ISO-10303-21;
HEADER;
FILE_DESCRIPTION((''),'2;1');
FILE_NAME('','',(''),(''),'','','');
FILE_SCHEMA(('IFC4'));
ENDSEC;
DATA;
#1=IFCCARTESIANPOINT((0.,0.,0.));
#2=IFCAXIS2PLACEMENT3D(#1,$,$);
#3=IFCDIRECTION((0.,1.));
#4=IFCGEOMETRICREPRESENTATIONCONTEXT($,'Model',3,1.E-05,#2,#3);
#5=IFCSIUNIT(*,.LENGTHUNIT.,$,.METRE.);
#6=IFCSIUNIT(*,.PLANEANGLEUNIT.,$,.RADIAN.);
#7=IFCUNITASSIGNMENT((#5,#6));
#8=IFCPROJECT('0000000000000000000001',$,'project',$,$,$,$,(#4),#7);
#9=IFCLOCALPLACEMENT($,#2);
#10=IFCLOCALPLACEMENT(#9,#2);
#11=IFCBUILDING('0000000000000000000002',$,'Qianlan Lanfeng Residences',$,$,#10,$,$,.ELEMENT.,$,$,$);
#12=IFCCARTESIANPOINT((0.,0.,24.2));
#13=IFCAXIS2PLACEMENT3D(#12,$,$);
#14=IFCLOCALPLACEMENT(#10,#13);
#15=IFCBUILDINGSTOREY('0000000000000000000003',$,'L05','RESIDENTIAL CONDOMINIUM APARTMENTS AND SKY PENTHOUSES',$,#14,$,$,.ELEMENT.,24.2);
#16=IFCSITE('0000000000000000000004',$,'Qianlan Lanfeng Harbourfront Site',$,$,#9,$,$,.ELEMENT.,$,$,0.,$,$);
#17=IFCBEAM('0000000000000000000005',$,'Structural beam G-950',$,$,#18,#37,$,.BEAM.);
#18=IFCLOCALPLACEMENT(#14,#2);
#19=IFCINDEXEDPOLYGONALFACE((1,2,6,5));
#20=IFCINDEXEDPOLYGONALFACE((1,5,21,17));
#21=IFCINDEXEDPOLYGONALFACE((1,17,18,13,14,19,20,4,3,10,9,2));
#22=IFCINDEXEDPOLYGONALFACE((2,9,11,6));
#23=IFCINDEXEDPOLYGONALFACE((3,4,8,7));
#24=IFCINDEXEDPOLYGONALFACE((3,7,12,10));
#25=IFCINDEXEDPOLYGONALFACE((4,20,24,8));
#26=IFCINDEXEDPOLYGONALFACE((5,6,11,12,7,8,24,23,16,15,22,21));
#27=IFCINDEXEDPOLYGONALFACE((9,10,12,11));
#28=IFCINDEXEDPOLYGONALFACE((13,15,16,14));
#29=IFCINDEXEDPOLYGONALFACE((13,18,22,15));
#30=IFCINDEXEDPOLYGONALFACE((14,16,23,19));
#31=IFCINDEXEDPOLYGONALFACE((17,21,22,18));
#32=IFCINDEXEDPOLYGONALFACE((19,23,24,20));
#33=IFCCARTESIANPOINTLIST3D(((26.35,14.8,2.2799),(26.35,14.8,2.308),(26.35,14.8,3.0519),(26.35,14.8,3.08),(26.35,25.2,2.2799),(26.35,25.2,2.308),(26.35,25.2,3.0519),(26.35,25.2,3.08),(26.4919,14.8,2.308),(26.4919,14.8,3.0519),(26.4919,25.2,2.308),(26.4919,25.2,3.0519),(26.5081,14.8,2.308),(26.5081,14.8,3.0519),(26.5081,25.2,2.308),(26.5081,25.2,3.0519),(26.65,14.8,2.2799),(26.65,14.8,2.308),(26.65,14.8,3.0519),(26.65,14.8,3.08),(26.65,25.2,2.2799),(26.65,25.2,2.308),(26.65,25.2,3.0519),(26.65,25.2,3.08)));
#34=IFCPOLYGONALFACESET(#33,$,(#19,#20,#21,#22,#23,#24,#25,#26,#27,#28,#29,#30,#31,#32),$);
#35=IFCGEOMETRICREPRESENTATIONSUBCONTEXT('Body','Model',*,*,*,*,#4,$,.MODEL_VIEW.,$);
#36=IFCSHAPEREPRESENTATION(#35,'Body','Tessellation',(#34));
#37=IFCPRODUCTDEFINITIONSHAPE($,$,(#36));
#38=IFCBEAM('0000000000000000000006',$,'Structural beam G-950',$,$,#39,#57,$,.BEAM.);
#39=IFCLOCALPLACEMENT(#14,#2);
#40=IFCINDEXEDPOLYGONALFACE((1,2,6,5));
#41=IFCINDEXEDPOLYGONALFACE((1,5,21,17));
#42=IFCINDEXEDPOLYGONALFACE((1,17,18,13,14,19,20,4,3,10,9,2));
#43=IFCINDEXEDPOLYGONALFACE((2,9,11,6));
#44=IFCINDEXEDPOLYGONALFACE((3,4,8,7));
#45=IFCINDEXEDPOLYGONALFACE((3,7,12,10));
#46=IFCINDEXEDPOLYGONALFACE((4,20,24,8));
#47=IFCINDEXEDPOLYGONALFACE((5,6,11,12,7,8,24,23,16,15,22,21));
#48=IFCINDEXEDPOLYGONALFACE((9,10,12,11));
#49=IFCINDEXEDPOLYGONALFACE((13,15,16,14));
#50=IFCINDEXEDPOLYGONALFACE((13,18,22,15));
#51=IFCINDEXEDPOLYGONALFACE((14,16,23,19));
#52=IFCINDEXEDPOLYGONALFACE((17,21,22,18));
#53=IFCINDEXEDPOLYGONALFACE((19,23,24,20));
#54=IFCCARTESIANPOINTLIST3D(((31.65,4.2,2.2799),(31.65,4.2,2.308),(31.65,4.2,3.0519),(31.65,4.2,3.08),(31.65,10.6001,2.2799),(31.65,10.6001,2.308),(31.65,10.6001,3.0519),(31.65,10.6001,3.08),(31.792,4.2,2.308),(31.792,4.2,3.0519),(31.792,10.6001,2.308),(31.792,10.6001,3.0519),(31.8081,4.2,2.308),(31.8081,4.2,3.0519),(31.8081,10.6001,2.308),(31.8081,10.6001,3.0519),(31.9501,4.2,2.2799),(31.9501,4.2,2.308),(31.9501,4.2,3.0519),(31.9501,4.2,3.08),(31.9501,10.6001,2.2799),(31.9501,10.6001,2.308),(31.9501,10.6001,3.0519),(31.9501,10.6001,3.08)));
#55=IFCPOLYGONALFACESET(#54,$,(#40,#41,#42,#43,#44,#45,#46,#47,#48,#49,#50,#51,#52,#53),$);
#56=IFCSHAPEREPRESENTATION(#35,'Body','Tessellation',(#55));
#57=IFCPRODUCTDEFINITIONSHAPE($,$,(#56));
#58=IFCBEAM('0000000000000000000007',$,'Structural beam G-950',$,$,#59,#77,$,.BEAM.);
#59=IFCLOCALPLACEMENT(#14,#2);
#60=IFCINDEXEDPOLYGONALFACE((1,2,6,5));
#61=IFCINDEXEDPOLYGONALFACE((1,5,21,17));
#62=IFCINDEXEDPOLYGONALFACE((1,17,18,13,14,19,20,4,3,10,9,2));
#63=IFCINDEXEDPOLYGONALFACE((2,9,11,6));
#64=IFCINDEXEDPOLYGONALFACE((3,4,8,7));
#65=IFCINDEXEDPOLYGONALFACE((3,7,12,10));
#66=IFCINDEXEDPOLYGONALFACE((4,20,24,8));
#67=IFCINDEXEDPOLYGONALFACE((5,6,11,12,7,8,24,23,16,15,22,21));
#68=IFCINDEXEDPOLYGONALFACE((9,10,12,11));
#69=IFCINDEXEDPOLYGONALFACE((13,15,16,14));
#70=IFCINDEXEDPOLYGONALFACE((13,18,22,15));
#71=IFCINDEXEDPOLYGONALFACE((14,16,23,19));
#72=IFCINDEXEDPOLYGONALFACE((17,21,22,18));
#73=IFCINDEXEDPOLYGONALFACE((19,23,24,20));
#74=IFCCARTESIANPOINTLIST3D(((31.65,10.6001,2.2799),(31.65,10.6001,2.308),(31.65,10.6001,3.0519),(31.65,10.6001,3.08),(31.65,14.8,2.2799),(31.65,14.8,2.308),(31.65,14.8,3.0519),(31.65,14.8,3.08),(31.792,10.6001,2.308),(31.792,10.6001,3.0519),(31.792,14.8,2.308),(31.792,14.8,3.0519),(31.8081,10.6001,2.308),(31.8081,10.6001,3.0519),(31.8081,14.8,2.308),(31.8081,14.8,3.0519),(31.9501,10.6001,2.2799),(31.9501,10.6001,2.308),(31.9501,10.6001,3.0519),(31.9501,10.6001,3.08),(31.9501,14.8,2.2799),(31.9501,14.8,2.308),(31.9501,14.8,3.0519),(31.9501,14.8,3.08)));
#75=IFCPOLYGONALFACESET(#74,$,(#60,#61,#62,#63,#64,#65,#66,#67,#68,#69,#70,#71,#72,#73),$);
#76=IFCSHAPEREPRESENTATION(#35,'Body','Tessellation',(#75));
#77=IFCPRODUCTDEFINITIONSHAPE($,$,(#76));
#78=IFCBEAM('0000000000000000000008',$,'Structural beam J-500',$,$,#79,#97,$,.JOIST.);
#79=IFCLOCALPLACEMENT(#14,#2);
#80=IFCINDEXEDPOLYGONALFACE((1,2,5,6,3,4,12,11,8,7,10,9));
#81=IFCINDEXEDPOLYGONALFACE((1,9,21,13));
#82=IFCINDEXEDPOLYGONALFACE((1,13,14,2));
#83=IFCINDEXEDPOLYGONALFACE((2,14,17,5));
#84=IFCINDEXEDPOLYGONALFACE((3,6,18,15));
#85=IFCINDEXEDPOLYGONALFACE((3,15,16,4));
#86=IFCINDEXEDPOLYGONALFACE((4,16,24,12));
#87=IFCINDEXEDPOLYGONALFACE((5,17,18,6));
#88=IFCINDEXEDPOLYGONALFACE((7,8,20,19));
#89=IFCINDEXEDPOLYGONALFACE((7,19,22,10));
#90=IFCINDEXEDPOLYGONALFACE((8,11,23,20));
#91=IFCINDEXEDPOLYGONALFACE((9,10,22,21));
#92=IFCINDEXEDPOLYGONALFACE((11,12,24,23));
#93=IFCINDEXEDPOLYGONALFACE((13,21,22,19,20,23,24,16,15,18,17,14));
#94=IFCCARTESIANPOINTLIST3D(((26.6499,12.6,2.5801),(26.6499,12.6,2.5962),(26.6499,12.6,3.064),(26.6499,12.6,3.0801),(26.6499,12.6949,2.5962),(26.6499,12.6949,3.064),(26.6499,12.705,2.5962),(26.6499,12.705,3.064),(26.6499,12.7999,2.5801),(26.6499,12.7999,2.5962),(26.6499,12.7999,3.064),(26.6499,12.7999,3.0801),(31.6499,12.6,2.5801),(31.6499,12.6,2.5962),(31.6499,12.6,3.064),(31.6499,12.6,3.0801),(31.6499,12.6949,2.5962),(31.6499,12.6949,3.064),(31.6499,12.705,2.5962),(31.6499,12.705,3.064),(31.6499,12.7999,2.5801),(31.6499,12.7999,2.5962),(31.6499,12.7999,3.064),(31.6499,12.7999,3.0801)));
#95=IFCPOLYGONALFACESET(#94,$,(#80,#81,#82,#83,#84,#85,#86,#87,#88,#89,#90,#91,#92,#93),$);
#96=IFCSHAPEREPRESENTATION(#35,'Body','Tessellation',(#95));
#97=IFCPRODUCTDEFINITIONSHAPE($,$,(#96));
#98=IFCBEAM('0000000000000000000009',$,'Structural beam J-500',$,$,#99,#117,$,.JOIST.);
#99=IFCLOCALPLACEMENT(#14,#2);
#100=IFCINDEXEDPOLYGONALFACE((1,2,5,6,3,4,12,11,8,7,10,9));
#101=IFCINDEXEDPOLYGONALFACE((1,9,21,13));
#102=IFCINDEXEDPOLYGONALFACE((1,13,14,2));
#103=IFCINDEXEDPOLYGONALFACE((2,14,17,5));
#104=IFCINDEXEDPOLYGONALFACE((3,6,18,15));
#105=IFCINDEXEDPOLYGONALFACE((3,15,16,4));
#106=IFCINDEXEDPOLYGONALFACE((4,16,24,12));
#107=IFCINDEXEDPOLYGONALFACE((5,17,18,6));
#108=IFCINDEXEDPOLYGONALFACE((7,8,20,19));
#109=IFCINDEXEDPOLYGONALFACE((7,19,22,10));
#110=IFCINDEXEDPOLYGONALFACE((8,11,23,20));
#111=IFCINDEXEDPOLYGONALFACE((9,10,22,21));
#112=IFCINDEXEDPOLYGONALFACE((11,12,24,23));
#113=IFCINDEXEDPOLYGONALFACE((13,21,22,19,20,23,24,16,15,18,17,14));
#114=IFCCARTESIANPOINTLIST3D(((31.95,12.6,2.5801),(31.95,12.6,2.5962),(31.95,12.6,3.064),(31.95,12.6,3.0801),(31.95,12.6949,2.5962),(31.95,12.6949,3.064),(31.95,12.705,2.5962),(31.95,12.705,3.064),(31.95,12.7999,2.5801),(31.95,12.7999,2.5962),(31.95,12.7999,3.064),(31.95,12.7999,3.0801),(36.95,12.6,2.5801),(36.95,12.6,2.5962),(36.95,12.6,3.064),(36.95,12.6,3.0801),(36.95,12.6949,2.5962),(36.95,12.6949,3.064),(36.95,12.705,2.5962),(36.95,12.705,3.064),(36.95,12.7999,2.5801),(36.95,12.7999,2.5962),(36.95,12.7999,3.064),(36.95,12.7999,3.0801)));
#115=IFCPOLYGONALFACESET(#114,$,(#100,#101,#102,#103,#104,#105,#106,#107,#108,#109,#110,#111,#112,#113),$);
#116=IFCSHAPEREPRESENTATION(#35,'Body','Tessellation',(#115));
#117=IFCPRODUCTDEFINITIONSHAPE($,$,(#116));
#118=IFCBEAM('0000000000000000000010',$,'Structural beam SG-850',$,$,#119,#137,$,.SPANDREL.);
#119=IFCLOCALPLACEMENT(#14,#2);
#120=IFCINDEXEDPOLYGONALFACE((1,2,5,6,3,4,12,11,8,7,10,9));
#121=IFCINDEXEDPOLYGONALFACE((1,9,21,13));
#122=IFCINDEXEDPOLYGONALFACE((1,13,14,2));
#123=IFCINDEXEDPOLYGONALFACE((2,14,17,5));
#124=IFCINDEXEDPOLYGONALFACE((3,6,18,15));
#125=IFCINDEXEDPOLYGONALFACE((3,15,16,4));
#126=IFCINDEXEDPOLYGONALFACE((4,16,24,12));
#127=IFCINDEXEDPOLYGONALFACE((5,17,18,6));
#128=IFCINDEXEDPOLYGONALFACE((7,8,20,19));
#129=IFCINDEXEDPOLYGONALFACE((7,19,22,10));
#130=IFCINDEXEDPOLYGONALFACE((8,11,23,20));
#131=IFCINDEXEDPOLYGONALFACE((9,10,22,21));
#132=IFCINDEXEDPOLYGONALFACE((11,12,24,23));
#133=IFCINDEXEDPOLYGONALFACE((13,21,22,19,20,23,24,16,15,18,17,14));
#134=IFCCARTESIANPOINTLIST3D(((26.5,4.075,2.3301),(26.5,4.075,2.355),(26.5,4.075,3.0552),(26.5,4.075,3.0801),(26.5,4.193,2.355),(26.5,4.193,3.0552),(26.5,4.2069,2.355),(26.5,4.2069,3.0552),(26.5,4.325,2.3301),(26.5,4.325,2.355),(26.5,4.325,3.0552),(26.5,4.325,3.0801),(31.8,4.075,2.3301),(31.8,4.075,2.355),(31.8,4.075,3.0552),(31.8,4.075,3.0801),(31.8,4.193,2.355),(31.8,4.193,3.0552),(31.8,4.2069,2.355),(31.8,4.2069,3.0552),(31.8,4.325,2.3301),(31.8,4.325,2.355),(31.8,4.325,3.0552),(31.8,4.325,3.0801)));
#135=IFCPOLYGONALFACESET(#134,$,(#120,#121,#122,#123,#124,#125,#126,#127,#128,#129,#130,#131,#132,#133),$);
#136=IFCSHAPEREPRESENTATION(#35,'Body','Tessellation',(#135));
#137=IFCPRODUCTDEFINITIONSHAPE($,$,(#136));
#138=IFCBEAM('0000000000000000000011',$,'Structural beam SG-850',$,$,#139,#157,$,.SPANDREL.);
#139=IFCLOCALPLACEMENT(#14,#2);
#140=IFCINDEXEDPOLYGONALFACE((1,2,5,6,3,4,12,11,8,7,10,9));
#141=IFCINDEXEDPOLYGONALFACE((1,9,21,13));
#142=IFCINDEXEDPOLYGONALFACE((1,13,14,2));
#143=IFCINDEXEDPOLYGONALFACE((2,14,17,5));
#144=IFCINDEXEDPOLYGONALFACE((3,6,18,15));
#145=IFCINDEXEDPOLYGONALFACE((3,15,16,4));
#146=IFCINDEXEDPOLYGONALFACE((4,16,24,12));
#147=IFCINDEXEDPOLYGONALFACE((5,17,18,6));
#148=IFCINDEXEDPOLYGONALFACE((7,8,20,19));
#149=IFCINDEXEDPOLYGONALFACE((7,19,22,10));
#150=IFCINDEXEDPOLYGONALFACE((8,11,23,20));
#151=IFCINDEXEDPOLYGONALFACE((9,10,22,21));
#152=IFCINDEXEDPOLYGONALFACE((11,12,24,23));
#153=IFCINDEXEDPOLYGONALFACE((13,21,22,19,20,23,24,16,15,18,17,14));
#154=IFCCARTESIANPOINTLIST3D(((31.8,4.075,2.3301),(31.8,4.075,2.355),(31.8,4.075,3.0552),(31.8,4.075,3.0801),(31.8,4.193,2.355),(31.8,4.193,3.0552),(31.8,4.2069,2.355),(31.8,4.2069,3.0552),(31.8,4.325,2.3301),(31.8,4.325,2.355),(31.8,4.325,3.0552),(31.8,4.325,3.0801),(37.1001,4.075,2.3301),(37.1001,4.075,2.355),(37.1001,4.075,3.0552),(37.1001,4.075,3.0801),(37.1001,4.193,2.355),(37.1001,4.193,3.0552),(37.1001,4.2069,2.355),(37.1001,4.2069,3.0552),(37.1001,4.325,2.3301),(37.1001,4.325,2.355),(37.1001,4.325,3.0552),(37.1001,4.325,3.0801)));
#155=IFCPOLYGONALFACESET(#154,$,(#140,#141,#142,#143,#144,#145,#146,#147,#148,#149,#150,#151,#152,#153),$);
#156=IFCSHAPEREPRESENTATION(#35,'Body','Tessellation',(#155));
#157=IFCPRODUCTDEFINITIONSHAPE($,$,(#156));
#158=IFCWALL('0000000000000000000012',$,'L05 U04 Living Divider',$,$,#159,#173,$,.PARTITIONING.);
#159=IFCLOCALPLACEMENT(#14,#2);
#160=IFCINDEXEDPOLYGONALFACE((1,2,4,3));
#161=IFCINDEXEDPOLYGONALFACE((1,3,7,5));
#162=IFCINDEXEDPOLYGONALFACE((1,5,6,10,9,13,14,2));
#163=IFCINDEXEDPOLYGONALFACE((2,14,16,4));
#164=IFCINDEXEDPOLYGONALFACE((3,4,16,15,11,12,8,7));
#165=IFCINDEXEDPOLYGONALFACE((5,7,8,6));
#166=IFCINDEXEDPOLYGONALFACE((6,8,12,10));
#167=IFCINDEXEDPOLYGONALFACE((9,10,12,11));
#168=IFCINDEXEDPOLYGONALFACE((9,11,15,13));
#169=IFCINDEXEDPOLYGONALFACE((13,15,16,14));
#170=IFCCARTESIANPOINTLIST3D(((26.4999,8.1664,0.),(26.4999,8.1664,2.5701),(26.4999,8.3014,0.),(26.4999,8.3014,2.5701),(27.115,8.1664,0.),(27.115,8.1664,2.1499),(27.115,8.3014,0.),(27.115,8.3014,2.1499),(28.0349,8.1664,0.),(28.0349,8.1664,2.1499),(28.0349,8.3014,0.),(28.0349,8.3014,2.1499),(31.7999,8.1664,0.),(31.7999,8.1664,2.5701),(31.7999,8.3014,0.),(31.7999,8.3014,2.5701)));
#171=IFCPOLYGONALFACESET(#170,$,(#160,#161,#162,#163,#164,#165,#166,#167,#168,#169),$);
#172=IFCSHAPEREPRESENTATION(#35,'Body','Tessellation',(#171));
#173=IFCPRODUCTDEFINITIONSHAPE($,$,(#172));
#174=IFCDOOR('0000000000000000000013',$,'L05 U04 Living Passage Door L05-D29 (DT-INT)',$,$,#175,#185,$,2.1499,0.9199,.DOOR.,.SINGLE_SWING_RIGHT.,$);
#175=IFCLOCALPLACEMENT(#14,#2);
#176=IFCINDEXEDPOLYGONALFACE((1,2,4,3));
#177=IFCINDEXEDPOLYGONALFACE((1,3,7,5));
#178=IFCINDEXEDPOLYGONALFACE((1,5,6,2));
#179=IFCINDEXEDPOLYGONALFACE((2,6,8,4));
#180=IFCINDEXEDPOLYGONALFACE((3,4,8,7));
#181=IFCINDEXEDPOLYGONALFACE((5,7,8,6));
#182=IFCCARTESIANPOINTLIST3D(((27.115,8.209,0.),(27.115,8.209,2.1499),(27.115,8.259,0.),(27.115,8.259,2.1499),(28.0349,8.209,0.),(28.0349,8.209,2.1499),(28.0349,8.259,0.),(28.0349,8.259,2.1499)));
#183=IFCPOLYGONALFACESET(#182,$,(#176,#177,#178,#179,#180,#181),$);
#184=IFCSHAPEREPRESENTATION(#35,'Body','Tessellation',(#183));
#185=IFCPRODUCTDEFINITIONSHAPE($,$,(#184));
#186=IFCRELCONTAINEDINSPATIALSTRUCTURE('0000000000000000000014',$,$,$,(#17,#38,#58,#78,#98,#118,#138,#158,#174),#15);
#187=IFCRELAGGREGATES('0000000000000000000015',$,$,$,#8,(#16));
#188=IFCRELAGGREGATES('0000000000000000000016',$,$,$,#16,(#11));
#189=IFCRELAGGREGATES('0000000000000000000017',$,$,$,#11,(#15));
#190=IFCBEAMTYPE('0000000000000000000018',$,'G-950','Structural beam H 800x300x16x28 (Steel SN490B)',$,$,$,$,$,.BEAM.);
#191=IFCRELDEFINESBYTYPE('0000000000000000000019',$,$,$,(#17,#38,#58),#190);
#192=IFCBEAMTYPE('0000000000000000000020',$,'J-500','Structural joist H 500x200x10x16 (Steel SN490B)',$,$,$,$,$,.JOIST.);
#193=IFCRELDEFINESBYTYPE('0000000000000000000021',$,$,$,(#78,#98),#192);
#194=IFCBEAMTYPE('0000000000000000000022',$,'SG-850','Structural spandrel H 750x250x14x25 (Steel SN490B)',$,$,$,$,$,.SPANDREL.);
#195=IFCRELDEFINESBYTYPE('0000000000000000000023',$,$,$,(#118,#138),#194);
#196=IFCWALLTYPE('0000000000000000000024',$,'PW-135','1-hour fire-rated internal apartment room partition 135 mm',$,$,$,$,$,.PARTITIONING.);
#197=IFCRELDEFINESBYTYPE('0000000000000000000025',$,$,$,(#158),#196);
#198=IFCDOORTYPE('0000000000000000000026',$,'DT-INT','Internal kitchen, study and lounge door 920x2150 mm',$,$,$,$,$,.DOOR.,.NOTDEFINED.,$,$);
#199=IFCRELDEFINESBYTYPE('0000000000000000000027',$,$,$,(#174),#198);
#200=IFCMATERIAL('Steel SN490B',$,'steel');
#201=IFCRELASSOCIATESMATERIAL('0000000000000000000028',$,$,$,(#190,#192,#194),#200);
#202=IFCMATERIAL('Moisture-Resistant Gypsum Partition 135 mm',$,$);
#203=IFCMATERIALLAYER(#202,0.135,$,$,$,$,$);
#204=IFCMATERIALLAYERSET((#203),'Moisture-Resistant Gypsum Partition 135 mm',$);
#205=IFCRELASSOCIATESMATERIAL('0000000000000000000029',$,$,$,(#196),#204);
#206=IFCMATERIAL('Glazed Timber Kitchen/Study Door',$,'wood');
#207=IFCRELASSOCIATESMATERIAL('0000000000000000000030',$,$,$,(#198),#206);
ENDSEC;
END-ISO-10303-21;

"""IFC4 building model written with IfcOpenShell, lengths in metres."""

from ifc_helpers import new_model, si_unit, direction, frame, frame_2d, origin, origin_2d, place, context, subcontext, project, spatial, rectangle, i_section, extrude, material, layer, layer_set, material_profile, profile_set, type_object, element, fill, save


model = new_model("IFC4")

# Units and contexts
model_context = context("Model", 3, precision=1e-05, world=origin(), true_north=direction((0.0, 1.0)))
body_context = subcontext(model_context, "Body", "Model", "MODEL_VIEW")
ifc_project = project(units=[si_unit("LENGTHUNIT", "METRE"), si_unit("PLANEANGLEUNIT", "RADIAN")], contexts=[model_context])

# Site, building, storey
site_placement = place(None, origin())
site = spatial("IfcSite", under=ifc_project, at=site_placement, Name="Qianlan Lanfeng Harbourfront Site", CompositionType="ELEMENT", RefElevation=0.0)
building_placement = place(site_placement, origin())
building = spatial("IfcBuilding", under=site, at=building_placement, Name="Qianlan Lanfeng Residences", CompositionType="ELEMENT")
storey_placement = place(building_placement, frame((0.0, 0.0, 24.2)))
storey = spatial("IfcBuildingStorey", under=building, at=storey_placement, Name="L05", Description="RESIDENTIAL CONDOMINIUM APARTMENTS AND SKY PENTHOUSES", CompositionType="ELEMENT", Elevation=24.2)

# Shared definitions
ifc_material_1 = material(Name="Steel SN490B", Category="steel")

# Beams
ifc_material_profile_1 = material_profile(ifc_material_1, i_section(OverallWidth=0.3, OverallDepth=0.8, WebThickness=0.0161, FlangeThickness=0.0281, at=origin_2d()), Name="H 800x300x16x28")
ifc_profile_set_1 = profile_set([ifc_material_profile_1], Name="Steel SN490B")
beam_type_1 = type_object("IfcBeamType", Name="G-950", Description="Structural beam H 800x300x16x28 (Steel SN490B)", PredefinedType="BEAM", material=ifc_profile_set_1)
beam_1_placement = place(storey_placement, frame((26.5, 14.8, 2.6799), z_axis=(0.0, 1.0, 0.0), x_axis=(-1.0, 0.0, 0.0)))
element("IfcBeam", 1, at=beam_1_placement, inside=storey, type_object=beam_type_1, Name="Structural beam G-950", PredefinedType="BEAM", context=body_context, shape_type="SweptSolid", body=[
    extrude(i_section(OverallWidth=0.3, OverallDepth=0.8, WebThickness=0.0161, FlangeThickness=0.0281, at=origin_2d()), origin(), (0.0, 0.0, 1.0), 10.3999),
])
beam_2_placement = place(storey_placement, frame((31.8, 4.2, 2.6799), z_axis=(0.0, 1.0, 0.0), x_axis=(-1.0, 0.0, 0.0)))
element("IfcBeam", 2, at=beam_2_placement, inside=storey, type_object=beam_type_1, Name="Structural beam G-950", PredefinedType="BEAM", context=body_context, shape_type="SweptSolid", body=[
    extrude(i_section(OverallWidth=0.3, OverallDepth=0.8, WebThickness=0.0161, FlangeThickness=0.0281, at=origin_2d()), origin(), (0.0, 0.0, 1.0), 6.4001),
])
beam_3_placement = place(storey_placement, frame((31.8, 10.6001, 2.6799), z_axis=(0.0, 1.0, 0.0), x_axis=(-1.0, 0.0, 0.0)))
element("IfcBeam", 3, at=beam_3_placement, inside=storey, type_object=beam_type_1, Name="Structural beam G-950", PredefinedType="BEAM", context=body_context, shape_type="SweptSolid", body=[
    extrude(i_section(OverallWidth=0.3, OverallDepth=0.8, WebThickness=0.0161, FlangeThickness=0.0281, at=origin_2d()), origin(), (0.0, 0.0, 1.0), 4.2),
])
ifc_material_profile_2 = material_profile(ifc_material_1, i_section(OverallWidth=0.2, OverallDepth=0.5, WebThickness=0.01, FlangeThickness=0.0161, at=origin_2d()), Name="H 500x200x10x16")
ifc_profile_set_2 = profile_set([ifc_material_profile_2], Name="Steel SN490B")
beam_type_2 = type_object("IfcBeamType", Name="J-500", Description="Structural joist H 500x200x10x16 (Steel SN490B)", PredefinedType="JOIST", material=ifc_profile_set_2)
for number, where, z_axis, x_axis, name in (
    (4, (26.6499, 12.7, 2.8301), (1.0, 0.0, 0.0), (0.0, 1.0, 0.0), "Structural beam J-500"),
    (5, (31.95, 12.7, 2.8301), (1.0, 0.0, 0.0), (0.0, 1.0, 0.0), "Structural beam J-500"),
):
    element("IfcBeam", number, at=place(storey_placement, frame(where, z_axis=z_axis, x_axis=x_axis)), inside=storey, type_object=beam_type_2, Name=name, PredefinedType="JOIST", context=body_context, shape_type="SweptSolid", body=[
        extrude(i_section(OverallWidth=0.2, OverallDepth=0.5, WebThickness=0.01, FlangeThickness=0.0161, at=origin_2d()), origin(), (0.0, 0.0, 1.0), 5.0),
    ])
ifc_material_profile_3 = material_profile(ifc_material_1, i_section(OverallWidth=0.25, OverallDepth=0.75, WebThickness=0.0139, FlangeThickness=0.0249, at=origin_2d()), Name="H 750x250x14x25")
ifc_profile_set_3 = profile_set([ifc_material_profile_3], Name="Steel SN490B")
beam_type_3 = type_object("IfcBeamType", Name="SG-850", Description="Structural spandrel H 750x250x14x25 (Steel SN490B)", PredefinedType="SPANDREL", material=ifc_profile_set_3)
for number, where, z_axis, x_axis, name in (
    (6, (26.5, 4.2, 2.7051), (1.0, 0.0, 0.0), (0.0, 1.0, 0.0), "Structural beam SG-850"),
    (7, (31.8, 4.2, 2.7051), (1.0, 0.0, 0.0), (0.0, 1.0, 0.0), "Structural beam SG-850"),
):
    element("IfcBeam", number, at=place(storey_placement, frame(where, z_axis=z_axis, x_axis=x_axis)), inside=storey, type_object=beam_type_3, Name=name, PredefinedType="SPANDREL", context=body_context, shape_type="SweptSolid", body=[
        extrude(i_section(OverallWidth=0.25, OverallDepth=0.75, WebThickness=0.0139, FlangeThickness=0.0249, at=origin_2d()), origin(), (0.0, 0.0, 1.0), 5.3),
    ])

# Shared definitions
ifc_material_2 = material(Name="Moisture-Resistant Gypsum Partition 135 mm")
ifc_layer = layer(ifc_material_2, 0.135)
ifc_layer_set = layer_set([ifc_layer], Name="Moisture-Resistant Gypsum Partition 135 mm")
wall_type = type_object("IfcWallType", Name="PW-135", Description="1-hour fire-rated internal apartment room partition 135 mm", PredefinedType="PARTITIONING", material=ifc_layer_set)
ifc_material_3 = material(Name="Glazed Timber Kitchen/Study Door", Category="wood")
door_type_1 = type_object("IfcDoorType", Name="DT-INT", Description="Internal kitchen, study and lounge door 920x2150 mm", OperationType="NOTDEFINED", PredefinedType="DOOR", material=ifc_material_3)

# Wall, opening, door
wall_1_placement = place(storey_placement, frame((26.5, 8.2339, 0.0), z_axis=(0.0, 0.0, 1.0), x_axis=(1.0, 0.0, 0.0)))
wall_1 = element("IfcWall", 8, at=wall_1_placement, inside=storey, type_object=wall_type, Name="L05 U04 Living Divider", PredefinedType="PARTITIONING", context=body_context, shape_type="SweptSolid", body=[
    extrude(rectangle(XDim=5.3, YDim=0.135, at=frame_2d((2.6499, 0.0))), origin(), (0.0, 0.0, 1.0), 2.5701),
])
opening_1_placement = place(wall_1_placement, frame((0.615, 0.0, 0.0)))
opening_1 = element("IfcOpeningElement", 9, at=opening_1_placement, cuts=wall_1, PredefinedType="OPENING", context=body_context, shape_type="SweptSolid", body=[
    extrude(rectangle(XDim=0.9199, YDim=2.1499, at=frame_2d((0.46, 1.075))), frame((0.0, 0.0776, 0.0), z_axis=(0.0, -1.0, 0.0), x_axis=(1.0, 0.0, 0.0)), (0.0, 0.0, 1.0), 0.155),
])
door_1_placement = place(opening_1_placement, frame((0.9199, 0.0, 0.0), z_axis=(0.0, 0.0, 1.0), x_axis=(-1.0, 0.0, 0.0)))
door_1 = element("IfcDoor", 10, at=door_1_placement, inside=storey, type_object=door_type_1, Name="L05 U04 Living Passage Door L05-D29 (DT-INT)", OperationType="SINGLE_SWING_RIGHT", OverallHeight=2.1499, OverallWidth=0.9199, PredefinedType="DOOR", context=body_context, shape_type="SweptSolid", body=[
    extrude(rectangle(XDim=0.9199, YDim=2.1499, at=frame_2d((0.46, 1.075))), frame((0.0, 0.0249, 0.0), z_axis=(0.0, -1.0, 0.0), x_axis=(1.0, 0.0, 0.0)), (0.0, 0.0, 1.0), 0.05),
])
fill(opening_1, door_1)

save(model, "model.ifc")
